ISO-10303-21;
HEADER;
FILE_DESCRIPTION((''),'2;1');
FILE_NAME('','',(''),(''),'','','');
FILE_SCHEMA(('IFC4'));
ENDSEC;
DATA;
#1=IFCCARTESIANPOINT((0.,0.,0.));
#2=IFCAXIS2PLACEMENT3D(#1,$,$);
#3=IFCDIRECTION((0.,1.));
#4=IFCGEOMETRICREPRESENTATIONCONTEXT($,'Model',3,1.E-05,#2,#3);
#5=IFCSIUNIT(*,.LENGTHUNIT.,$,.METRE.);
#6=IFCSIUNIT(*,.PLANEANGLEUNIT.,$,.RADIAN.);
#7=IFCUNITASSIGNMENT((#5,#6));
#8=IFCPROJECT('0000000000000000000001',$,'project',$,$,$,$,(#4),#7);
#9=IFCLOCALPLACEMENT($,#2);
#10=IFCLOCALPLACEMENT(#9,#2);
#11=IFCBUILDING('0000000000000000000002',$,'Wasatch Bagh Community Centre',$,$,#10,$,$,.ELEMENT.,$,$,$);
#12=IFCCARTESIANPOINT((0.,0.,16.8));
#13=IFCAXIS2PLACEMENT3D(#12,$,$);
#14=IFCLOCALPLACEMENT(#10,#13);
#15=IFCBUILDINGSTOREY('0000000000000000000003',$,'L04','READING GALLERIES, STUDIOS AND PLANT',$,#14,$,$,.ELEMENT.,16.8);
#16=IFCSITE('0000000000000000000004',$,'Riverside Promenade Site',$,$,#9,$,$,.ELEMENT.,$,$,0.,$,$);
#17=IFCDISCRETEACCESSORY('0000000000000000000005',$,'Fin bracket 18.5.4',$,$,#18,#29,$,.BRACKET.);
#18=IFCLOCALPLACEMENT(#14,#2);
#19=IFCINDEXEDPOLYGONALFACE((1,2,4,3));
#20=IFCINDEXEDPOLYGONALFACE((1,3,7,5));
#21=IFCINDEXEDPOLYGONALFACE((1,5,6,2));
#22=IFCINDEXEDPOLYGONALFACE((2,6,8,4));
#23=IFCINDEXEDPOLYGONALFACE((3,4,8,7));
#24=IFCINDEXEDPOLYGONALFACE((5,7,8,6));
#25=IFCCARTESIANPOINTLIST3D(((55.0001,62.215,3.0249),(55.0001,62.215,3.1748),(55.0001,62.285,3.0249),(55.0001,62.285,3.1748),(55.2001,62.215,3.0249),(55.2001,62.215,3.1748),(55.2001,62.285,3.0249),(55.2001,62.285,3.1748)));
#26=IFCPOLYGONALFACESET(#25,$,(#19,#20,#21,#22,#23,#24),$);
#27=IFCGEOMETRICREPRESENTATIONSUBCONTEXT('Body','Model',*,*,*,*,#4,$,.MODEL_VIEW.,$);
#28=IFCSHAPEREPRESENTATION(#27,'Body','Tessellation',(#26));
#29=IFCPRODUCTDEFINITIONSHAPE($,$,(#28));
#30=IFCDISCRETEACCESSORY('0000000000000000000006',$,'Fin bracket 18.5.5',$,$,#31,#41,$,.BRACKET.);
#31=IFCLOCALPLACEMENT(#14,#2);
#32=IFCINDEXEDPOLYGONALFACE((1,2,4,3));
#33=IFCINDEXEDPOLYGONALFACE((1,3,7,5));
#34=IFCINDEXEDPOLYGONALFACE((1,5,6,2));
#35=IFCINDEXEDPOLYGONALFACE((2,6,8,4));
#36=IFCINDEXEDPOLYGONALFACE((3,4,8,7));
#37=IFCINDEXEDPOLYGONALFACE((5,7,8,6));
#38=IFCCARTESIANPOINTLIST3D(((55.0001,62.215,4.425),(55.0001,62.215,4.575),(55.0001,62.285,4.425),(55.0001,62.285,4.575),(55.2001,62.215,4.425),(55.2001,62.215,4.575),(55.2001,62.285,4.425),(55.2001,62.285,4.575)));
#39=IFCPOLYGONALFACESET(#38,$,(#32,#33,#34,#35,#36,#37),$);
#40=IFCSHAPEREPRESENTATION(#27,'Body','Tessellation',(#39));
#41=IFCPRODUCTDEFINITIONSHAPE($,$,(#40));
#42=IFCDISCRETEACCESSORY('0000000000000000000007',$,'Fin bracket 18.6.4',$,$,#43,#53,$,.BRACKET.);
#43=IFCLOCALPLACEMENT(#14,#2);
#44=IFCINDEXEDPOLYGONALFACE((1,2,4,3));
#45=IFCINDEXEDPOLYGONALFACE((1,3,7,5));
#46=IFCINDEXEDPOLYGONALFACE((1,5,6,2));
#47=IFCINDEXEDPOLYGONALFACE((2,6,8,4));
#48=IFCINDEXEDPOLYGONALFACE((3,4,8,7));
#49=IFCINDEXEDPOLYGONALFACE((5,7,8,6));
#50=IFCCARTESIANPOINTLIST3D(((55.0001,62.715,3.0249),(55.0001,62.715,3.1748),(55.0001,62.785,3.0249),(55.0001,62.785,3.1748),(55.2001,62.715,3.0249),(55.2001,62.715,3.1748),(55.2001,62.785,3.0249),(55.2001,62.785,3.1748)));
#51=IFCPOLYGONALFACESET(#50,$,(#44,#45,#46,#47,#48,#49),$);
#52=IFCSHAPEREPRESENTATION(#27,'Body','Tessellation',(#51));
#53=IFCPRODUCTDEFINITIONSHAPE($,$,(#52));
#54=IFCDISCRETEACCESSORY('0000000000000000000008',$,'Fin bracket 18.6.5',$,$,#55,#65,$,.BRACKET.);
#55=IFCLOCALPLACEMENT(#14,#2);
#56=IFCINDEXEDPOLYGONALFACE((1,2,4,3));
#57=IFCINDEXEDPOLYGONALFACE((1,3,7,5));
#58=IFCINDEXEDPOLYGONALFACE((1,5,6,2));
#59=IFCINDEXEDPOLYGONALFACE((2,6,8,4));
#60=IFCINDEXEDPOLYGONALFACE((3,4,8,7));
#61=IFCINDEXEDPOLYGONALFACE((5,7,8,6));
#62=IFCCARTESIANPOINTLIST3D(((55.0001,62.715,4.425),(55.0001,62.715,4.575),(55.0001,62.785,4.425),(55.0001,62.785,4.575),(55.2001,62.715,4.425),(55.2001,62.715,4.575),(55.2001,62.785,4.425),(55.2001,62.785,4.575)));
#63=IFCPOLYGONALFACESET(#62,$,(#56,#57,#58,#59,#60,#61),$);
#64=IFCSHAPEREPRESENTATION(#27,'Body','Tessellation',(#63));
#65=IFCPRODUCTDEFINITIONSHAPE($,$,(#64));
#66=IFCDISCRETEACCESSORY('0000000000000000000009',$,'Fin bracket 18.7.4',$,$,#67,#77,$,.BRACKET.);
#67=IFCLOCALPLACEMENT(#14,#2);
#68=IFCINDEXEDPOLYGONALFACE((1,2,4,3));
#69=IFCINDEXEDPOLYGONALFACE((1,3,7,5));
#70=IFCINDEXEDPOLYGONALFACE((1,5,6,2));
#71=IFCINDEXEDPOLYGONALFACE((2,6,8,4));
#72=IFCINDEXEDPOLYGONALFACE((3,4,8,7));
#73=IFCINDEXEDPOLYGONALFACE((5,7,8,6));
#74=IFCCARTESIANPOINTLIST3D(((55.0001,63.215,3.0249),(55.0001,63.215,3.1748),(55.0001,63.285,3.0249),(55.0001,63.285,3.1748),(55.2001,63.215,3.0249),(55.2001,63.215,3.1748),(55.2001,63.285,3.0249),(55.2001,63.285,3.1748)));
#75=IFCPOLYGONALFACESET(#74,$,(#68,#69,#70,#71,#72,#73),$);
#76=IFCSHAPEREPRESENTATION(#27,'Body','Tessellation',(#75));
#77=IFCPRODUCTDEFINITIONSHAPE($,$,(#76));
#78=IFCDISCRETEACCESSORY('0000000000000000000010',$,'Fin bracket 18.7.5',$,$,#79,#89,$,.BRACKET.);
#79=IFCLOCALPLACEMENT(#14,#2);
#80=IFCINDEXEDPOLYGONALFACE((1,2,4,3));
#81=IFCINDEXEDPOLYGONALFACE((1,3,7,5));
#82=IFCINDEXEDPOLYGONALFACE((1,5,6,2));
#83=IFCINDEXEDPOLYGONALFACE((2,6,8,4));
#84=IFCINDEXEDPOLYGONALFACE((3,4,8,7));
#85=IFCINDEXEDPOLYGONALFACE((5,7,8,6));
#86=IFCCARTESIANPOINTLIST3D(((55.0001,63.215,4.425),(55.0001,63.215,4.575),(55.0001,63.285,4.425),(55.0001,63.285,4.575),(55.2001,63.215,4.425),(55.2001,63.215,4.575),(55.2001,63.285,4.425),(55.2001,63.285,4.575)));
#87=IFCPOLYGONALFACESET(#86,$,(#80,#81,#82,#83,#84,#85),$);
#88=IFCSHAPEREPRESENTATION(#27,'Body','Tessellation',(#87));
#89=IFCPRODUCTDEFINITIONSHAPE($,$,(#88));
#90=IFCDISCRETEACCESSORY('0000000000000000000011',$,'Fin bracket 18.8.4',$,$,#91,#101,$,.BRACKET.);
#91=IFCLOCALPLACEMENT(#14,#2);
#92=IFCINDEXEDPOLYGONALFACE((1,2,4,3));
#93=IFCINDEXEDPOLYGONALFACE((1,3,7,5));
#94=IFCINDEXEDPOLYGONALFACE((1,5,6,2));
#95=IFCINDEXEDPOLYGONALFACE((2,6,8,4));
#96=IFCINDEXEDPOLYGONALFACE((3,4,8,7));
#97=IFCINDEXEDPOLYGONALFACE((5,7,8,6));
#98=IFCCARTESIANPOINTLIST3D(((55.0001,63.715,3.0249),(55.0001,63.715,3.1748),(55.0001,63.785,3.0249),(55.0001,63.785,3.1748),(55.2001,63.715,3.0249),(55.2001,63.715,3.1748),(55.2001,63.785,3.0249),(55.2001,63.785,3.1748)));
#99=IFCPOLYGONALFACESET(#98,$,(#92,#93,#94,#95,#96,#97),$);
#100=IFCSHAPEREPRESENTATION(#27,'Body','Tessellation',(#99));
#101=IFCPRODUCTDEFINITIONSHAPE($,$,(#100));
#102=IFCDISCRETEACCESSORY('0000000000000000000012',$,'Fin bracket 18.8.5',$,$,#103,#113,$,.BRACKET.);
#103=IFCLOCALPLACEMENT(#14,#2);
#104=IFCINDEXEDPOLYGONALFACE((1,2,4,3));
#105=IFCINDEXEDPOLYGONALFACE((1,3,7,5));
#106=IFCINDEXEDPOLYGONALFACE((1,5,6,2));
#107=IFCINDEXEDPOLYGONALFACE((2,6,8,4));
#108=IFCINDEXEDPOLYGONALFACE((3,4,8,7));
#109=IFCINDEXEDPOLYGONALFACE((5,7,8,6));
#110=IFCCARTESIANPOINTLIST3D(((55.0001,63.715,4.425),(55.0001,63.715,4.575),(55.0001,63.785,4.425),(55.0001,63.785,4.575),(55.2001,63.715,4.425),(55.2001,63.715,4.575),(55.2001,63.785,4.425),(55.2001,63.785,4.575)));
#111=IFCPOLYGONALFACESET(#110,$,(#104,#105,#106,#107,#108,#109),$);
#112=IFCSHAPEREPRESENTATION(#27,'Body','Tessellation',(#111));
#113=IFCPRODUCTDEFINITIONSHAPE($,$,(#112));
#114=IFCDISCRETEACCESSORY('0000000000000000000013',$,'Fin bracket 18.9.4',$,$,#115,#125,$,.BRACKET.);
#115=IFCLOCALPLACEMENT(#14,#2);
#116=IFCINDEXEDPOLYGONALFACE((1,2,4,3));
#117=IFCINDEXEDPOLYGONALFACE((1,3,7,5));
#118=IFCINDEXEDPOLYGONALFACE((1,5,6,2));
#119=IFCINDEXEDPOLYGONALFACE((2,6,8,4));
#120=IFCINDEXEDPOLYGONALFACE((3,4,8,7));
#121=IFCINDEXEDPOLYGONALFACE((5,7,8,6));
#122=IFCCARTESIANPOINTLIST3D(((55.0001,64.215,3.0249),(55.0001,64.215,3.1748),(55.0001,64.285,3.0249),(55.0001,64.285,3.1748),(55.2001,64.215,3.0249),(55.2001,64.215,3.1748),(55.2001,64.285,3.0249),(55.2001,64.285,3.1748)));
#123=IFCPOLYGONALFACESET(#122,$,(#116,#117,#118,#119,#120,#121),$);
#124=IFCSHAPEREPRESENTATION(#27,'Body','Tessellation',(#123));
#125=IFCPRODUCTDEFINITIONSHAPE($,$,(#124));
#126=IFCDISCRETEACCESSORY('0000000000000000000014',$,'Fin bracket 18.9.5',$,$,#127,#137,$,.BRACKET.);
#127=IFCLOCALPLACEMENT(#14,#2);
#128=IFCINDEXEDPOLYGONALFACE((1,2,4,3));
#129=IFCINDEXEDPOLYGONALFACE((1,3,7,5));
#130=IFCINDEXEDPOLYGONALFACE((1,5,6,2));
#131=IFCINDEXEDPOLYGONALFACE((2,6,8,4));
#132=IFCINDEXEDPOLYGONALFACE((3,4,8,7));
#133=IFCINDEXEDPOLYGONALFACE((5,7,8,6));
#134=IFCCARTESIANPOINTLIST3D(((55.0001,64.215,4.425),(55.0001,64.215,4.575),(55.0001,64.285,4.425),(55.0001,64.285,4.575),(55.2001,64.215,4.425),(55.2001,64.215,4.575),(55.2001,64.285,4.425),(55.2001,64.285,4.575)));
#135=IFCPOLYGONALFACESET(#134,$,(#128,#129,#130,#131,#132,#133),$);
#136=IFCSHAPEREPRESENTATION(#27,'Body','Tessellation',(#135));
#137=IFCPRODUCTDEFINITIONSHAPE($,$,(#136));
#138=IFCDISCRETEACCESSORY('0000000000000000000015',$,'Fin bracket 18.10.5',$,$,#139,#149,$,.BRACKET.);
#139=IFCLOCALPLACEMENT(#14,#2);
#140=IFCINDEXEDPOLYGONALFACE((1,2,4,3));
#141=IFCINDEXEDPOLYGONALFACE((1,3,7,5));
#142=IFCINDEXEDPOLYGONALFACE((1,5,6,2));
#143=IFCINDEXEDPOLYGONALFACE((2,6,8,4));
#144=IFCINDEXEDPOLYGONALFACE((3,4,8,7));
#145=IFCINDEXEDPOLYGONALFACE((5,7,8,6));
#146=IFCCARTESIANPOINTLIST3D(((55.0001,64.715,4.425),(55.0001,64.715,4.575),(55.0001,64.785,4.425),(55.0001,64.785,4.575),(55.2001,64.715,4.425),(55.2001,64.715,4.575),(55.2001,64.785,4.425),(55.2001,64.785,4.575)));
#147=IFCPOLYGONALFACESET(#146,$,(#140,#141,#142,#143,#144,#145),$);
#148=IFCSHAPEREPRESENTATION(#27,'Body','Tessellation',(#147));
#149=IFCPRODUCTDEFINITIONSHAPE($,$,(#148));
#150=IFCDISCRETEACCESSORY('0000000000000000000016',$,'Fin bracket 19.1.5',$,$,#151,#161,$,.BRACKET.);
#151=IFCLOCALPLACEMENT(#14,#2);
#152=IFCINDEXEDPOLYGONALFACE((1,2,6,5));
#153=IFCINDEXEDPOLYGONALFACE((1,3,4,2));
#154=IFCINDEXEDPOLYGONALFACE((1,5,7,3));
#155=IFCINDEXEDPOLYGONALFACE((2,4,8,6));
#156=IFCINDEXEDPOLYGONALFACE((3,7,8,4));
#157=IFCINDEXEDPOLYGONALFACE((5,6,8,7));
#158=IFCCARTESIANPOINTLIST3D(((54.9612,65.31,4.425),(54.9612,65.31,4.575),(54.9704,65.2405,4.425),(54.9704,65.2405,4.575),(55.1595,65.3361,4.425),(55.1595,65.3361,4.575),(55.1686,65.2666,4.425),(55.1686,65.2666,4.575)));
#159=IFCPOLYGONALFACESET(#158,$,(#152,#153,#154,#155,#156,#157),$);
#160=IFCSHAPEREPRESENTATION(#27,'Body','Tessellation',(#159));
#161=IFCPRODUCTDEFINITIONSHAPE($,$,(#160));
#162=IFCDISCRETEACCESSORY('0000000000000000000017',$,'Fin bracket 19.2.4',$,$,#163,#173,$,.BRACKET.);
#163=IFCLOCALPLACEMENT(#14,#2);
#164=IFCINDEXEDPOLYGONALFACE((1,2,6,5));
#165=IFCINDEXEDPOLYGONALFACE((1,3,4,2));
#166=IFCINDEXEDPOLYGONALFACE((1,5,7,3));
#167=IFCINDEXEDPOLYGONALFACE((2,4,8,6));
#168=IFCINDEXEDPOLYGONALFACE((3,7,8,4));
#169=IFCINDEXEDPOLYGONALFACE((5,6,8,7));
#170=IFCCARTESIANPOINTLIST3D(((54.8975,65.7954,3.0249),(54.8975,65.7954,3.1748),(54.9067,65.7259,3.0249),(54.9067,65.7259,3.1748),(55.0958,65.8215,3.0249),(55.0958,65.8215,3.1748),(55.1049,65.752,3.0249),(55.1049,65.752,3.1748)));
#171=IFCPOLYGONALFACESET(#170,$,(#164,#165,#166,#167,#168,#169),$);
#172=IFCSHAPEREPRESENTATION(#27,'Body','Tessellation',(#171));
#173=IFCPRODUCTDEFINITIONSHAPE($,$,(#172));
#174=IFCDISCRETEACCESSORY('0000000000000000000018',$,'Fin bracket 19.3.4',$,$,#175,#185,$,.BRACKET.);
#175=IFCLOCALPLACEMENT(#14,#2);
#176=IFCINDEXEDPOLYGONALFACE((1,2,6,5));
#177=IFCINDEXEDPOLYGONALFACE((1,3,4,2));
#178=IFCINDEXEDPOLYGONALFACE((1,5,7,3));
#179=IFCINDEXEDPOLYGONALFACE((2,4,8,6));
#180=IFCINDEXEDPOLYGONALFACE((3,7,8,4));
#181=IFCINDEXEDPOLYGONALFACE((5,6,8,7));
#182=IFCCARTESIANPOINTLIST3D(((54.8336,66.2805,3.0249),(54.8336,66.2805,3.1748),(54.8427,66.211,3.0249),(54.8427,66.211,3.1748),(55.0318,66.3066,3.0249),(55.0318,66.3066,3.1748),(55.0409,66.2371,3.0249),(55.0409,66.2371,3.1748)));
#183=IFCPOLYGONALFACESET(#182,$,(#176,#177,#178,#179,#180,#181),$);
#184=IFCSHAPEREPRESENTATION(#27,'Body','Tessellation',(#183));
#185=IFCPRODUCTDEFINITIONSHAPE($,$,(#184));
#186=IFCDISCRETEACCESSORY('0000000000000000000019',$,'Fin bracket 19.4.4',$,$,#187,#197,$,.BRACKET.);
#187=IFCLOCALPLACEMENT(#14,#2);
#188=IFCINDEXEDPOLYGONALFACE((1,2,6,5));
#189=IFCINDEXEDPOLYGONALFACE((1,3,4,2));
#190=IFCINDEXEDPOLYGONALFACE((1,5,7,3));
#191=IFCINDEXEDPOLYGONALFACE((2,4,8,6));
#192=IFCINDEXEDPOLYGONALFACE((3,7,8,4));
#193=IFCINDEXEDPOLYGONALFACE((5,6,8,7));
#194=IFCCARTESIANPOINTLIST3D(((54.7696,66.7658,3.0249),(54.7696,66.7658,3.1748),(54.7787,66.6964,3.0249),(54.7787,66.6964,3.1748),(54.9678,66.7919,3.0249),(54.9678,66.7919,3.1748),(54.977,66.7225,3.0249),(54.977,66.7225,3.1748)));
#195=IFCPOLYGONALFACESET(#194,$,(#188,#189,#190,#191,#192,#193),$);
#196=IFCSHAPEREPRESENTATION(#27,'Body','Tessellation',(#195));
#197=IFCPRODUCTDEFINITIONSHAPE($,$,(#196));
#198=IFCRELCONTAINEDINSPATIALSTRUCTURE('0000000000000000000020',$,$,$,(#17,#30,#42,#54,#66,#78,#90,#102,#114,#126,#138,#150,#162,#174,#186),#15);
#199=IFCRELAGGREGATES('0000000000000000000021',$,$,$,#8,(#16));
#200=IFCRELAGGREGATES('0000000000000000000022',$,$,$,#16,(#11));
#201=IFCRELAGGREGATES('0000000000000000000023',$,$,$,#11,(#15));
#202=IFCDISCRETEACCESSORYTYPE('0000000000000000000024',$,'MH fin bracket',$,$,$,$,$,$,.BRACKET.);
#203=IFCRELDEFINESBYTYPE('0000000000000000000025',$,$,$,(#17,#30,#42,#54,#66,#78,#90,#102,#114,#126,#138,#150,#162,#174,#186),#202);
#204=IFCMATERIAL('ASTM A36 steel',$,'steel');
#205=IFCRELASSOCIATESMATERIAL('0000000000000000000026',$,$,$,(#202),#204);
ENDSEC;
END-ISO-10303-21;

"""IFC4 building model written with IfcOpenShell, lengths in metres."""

from ifc_helpers import new_model, si_unit, direction, frame, origin, origin_2d, place, context, subcontext, project, spatial, rectangle, extrude, material, type_object, element, save


model = new_model("IFC4")

# Units and contexts
model_context = context("Model", 3, precision=1e-05, world=origin(), true_north=direction((0.0, 1.0)))
body_context = subcontext(model_context, "Body", "Model", "MODEL_VIEW")
ifc_project = project(units=[si_unit("LENGTHUNIT", "METRE"), si_unit("PLANEANGLEUNIT", "RADIAN")], contexts=[model_context])

# Site, building, storey
site_placement = place(None, origin())
site = spatial("IfcSite", under=ifc_project, at=site_placement, Name="Riverside Promenade Site", CompositionType="ELEMENT", RefElevation=0.0)
building_placement = place(site_placement, origin())
building = spatial("IfcBuilding", under=site, at=building_placement, Name="Wasatch Bagh Community Centre", CompositionType="ELEMENT")
storey_placement = place(building_placement, frame((0.0, 0.0, 16.8)))
storey = spatial("IfcBuildingStorey", under=building, at=storey_placement, Name="L04", Description="READING GALLERIES, STUDIOS AND PLANT", CompositionType="ELEMENT", Elevation=16.8)

# Discrete accessories
ifc_material_1 = material(Name="ASTM A36 steel", Category="steel")
discrete_accessory_type = type_object("IfcDiscreteAccessoryType", Name="MH fin bracket", PredefinedType="BRACKET", material=ifc_material_1)
for number, where, z_axis, x_axis, name in (
    (1, (55.1001, 62.25, 3.0249), (0.0, 0.0, 1.0), (0.0, 1.0, 0.0), "Fin bracket 18.5.4"),
    (2, (55.1001, 62.25, 4.425), (0.0, 0.0, 1.0), (0.0, 1.0, 0.0), "Fin bracket 18.5.5"),
    (3, (55.1001, 62.75, 3.0249), (0.0, 0.0, 1.0), (0.0, 1.0, 0.0), "Fin bracket 18.6.4"),
    (4, (55.1001, 62.75, 4.425), (0.0, 0.0, 1.0), (0.0, 1.0, 0.0), "Fin bracket 18.6.5"),
    (5, (55.1001, 63.25, 3.0249), (0.0, 0.0, 1.0), (0.0, 1.0, 0.0), "Fin bracket 18.7.4"),
    (6, (55.1001, 63.25, 4.425), (0.0, 0.0, 1.0), (0.0, 1.0, 0.0), "Fin bracket 18.7.5"),
    (7, (55.1001, 63.75, 3.0249), (0.0, 0.0, 1.0), (0.0, 1.0, 0.0), "Fin bracket 18.8.4"),
    (8, (55.1001, 63.75, 4.425), (0.0, 0.0, 1.0), (0.0, 1.0, 0.0), "Fin bracket 18.8.5"),
    (9, (55.1001, 64.25, 3.0249), (0.0, 0.0, 1.0), (0.0, 1.0, 0.0), "Fin bracket 18.9.4"),
    (10, (55.1001, 64.25, 4.425), (0.0, 0.0, 1.0), (0.0, 1.0, 0.0), "Fin bracket 18.9.5"),
    (11, (55.1001, 64.75, 4.425), (0.0, 0.0, 1.0), (0.0, 1.0, 0.0), "Fin bracket 18.10.5"),
    (12, (55.0649, 65.2883, 4.425), (0.0, 0.0, 1.0), (-0.130526, 0.991445, 0.0), "Fin bracket 19.1.5"),
    (13, (55.0012, 65.7737, 3.0249), (0.0, 0.0, 1.0), (-0.130526, 0.991445, 0.0), "Fin bracket 19.2.4"),
    (14, (54.9373, 66.2588, 3.0249), (0.0, 0.0, 1.0), (-0.130526, 0.991445, 0.0), "Fin bracket 19.3.4"),
    (15, (54.8733, 66.7441, 3.0249), (0.0, 0.0, 1.0), (-0.130526, 0.991445, 0.0), "Fin bracket 19.4.4"),
):
    element("IfcDiscreteAccessory", number, at=place(storey_placement, frame(where, z_axis=z_axis, x_axis=x_axis)), inside=storey, type_object=discrete_accessory_type, Name=name, PredefinedType="BRACKET", context=body_context, shape_type="SweptSolid", body=[
        extrude(rectangle(XDim=0.0701, YDim=0.2, at=origin_2d()), origin(), (0.0, 0.0, 1.0), 0.1499),
    ])

save(model, "model.ifc")
